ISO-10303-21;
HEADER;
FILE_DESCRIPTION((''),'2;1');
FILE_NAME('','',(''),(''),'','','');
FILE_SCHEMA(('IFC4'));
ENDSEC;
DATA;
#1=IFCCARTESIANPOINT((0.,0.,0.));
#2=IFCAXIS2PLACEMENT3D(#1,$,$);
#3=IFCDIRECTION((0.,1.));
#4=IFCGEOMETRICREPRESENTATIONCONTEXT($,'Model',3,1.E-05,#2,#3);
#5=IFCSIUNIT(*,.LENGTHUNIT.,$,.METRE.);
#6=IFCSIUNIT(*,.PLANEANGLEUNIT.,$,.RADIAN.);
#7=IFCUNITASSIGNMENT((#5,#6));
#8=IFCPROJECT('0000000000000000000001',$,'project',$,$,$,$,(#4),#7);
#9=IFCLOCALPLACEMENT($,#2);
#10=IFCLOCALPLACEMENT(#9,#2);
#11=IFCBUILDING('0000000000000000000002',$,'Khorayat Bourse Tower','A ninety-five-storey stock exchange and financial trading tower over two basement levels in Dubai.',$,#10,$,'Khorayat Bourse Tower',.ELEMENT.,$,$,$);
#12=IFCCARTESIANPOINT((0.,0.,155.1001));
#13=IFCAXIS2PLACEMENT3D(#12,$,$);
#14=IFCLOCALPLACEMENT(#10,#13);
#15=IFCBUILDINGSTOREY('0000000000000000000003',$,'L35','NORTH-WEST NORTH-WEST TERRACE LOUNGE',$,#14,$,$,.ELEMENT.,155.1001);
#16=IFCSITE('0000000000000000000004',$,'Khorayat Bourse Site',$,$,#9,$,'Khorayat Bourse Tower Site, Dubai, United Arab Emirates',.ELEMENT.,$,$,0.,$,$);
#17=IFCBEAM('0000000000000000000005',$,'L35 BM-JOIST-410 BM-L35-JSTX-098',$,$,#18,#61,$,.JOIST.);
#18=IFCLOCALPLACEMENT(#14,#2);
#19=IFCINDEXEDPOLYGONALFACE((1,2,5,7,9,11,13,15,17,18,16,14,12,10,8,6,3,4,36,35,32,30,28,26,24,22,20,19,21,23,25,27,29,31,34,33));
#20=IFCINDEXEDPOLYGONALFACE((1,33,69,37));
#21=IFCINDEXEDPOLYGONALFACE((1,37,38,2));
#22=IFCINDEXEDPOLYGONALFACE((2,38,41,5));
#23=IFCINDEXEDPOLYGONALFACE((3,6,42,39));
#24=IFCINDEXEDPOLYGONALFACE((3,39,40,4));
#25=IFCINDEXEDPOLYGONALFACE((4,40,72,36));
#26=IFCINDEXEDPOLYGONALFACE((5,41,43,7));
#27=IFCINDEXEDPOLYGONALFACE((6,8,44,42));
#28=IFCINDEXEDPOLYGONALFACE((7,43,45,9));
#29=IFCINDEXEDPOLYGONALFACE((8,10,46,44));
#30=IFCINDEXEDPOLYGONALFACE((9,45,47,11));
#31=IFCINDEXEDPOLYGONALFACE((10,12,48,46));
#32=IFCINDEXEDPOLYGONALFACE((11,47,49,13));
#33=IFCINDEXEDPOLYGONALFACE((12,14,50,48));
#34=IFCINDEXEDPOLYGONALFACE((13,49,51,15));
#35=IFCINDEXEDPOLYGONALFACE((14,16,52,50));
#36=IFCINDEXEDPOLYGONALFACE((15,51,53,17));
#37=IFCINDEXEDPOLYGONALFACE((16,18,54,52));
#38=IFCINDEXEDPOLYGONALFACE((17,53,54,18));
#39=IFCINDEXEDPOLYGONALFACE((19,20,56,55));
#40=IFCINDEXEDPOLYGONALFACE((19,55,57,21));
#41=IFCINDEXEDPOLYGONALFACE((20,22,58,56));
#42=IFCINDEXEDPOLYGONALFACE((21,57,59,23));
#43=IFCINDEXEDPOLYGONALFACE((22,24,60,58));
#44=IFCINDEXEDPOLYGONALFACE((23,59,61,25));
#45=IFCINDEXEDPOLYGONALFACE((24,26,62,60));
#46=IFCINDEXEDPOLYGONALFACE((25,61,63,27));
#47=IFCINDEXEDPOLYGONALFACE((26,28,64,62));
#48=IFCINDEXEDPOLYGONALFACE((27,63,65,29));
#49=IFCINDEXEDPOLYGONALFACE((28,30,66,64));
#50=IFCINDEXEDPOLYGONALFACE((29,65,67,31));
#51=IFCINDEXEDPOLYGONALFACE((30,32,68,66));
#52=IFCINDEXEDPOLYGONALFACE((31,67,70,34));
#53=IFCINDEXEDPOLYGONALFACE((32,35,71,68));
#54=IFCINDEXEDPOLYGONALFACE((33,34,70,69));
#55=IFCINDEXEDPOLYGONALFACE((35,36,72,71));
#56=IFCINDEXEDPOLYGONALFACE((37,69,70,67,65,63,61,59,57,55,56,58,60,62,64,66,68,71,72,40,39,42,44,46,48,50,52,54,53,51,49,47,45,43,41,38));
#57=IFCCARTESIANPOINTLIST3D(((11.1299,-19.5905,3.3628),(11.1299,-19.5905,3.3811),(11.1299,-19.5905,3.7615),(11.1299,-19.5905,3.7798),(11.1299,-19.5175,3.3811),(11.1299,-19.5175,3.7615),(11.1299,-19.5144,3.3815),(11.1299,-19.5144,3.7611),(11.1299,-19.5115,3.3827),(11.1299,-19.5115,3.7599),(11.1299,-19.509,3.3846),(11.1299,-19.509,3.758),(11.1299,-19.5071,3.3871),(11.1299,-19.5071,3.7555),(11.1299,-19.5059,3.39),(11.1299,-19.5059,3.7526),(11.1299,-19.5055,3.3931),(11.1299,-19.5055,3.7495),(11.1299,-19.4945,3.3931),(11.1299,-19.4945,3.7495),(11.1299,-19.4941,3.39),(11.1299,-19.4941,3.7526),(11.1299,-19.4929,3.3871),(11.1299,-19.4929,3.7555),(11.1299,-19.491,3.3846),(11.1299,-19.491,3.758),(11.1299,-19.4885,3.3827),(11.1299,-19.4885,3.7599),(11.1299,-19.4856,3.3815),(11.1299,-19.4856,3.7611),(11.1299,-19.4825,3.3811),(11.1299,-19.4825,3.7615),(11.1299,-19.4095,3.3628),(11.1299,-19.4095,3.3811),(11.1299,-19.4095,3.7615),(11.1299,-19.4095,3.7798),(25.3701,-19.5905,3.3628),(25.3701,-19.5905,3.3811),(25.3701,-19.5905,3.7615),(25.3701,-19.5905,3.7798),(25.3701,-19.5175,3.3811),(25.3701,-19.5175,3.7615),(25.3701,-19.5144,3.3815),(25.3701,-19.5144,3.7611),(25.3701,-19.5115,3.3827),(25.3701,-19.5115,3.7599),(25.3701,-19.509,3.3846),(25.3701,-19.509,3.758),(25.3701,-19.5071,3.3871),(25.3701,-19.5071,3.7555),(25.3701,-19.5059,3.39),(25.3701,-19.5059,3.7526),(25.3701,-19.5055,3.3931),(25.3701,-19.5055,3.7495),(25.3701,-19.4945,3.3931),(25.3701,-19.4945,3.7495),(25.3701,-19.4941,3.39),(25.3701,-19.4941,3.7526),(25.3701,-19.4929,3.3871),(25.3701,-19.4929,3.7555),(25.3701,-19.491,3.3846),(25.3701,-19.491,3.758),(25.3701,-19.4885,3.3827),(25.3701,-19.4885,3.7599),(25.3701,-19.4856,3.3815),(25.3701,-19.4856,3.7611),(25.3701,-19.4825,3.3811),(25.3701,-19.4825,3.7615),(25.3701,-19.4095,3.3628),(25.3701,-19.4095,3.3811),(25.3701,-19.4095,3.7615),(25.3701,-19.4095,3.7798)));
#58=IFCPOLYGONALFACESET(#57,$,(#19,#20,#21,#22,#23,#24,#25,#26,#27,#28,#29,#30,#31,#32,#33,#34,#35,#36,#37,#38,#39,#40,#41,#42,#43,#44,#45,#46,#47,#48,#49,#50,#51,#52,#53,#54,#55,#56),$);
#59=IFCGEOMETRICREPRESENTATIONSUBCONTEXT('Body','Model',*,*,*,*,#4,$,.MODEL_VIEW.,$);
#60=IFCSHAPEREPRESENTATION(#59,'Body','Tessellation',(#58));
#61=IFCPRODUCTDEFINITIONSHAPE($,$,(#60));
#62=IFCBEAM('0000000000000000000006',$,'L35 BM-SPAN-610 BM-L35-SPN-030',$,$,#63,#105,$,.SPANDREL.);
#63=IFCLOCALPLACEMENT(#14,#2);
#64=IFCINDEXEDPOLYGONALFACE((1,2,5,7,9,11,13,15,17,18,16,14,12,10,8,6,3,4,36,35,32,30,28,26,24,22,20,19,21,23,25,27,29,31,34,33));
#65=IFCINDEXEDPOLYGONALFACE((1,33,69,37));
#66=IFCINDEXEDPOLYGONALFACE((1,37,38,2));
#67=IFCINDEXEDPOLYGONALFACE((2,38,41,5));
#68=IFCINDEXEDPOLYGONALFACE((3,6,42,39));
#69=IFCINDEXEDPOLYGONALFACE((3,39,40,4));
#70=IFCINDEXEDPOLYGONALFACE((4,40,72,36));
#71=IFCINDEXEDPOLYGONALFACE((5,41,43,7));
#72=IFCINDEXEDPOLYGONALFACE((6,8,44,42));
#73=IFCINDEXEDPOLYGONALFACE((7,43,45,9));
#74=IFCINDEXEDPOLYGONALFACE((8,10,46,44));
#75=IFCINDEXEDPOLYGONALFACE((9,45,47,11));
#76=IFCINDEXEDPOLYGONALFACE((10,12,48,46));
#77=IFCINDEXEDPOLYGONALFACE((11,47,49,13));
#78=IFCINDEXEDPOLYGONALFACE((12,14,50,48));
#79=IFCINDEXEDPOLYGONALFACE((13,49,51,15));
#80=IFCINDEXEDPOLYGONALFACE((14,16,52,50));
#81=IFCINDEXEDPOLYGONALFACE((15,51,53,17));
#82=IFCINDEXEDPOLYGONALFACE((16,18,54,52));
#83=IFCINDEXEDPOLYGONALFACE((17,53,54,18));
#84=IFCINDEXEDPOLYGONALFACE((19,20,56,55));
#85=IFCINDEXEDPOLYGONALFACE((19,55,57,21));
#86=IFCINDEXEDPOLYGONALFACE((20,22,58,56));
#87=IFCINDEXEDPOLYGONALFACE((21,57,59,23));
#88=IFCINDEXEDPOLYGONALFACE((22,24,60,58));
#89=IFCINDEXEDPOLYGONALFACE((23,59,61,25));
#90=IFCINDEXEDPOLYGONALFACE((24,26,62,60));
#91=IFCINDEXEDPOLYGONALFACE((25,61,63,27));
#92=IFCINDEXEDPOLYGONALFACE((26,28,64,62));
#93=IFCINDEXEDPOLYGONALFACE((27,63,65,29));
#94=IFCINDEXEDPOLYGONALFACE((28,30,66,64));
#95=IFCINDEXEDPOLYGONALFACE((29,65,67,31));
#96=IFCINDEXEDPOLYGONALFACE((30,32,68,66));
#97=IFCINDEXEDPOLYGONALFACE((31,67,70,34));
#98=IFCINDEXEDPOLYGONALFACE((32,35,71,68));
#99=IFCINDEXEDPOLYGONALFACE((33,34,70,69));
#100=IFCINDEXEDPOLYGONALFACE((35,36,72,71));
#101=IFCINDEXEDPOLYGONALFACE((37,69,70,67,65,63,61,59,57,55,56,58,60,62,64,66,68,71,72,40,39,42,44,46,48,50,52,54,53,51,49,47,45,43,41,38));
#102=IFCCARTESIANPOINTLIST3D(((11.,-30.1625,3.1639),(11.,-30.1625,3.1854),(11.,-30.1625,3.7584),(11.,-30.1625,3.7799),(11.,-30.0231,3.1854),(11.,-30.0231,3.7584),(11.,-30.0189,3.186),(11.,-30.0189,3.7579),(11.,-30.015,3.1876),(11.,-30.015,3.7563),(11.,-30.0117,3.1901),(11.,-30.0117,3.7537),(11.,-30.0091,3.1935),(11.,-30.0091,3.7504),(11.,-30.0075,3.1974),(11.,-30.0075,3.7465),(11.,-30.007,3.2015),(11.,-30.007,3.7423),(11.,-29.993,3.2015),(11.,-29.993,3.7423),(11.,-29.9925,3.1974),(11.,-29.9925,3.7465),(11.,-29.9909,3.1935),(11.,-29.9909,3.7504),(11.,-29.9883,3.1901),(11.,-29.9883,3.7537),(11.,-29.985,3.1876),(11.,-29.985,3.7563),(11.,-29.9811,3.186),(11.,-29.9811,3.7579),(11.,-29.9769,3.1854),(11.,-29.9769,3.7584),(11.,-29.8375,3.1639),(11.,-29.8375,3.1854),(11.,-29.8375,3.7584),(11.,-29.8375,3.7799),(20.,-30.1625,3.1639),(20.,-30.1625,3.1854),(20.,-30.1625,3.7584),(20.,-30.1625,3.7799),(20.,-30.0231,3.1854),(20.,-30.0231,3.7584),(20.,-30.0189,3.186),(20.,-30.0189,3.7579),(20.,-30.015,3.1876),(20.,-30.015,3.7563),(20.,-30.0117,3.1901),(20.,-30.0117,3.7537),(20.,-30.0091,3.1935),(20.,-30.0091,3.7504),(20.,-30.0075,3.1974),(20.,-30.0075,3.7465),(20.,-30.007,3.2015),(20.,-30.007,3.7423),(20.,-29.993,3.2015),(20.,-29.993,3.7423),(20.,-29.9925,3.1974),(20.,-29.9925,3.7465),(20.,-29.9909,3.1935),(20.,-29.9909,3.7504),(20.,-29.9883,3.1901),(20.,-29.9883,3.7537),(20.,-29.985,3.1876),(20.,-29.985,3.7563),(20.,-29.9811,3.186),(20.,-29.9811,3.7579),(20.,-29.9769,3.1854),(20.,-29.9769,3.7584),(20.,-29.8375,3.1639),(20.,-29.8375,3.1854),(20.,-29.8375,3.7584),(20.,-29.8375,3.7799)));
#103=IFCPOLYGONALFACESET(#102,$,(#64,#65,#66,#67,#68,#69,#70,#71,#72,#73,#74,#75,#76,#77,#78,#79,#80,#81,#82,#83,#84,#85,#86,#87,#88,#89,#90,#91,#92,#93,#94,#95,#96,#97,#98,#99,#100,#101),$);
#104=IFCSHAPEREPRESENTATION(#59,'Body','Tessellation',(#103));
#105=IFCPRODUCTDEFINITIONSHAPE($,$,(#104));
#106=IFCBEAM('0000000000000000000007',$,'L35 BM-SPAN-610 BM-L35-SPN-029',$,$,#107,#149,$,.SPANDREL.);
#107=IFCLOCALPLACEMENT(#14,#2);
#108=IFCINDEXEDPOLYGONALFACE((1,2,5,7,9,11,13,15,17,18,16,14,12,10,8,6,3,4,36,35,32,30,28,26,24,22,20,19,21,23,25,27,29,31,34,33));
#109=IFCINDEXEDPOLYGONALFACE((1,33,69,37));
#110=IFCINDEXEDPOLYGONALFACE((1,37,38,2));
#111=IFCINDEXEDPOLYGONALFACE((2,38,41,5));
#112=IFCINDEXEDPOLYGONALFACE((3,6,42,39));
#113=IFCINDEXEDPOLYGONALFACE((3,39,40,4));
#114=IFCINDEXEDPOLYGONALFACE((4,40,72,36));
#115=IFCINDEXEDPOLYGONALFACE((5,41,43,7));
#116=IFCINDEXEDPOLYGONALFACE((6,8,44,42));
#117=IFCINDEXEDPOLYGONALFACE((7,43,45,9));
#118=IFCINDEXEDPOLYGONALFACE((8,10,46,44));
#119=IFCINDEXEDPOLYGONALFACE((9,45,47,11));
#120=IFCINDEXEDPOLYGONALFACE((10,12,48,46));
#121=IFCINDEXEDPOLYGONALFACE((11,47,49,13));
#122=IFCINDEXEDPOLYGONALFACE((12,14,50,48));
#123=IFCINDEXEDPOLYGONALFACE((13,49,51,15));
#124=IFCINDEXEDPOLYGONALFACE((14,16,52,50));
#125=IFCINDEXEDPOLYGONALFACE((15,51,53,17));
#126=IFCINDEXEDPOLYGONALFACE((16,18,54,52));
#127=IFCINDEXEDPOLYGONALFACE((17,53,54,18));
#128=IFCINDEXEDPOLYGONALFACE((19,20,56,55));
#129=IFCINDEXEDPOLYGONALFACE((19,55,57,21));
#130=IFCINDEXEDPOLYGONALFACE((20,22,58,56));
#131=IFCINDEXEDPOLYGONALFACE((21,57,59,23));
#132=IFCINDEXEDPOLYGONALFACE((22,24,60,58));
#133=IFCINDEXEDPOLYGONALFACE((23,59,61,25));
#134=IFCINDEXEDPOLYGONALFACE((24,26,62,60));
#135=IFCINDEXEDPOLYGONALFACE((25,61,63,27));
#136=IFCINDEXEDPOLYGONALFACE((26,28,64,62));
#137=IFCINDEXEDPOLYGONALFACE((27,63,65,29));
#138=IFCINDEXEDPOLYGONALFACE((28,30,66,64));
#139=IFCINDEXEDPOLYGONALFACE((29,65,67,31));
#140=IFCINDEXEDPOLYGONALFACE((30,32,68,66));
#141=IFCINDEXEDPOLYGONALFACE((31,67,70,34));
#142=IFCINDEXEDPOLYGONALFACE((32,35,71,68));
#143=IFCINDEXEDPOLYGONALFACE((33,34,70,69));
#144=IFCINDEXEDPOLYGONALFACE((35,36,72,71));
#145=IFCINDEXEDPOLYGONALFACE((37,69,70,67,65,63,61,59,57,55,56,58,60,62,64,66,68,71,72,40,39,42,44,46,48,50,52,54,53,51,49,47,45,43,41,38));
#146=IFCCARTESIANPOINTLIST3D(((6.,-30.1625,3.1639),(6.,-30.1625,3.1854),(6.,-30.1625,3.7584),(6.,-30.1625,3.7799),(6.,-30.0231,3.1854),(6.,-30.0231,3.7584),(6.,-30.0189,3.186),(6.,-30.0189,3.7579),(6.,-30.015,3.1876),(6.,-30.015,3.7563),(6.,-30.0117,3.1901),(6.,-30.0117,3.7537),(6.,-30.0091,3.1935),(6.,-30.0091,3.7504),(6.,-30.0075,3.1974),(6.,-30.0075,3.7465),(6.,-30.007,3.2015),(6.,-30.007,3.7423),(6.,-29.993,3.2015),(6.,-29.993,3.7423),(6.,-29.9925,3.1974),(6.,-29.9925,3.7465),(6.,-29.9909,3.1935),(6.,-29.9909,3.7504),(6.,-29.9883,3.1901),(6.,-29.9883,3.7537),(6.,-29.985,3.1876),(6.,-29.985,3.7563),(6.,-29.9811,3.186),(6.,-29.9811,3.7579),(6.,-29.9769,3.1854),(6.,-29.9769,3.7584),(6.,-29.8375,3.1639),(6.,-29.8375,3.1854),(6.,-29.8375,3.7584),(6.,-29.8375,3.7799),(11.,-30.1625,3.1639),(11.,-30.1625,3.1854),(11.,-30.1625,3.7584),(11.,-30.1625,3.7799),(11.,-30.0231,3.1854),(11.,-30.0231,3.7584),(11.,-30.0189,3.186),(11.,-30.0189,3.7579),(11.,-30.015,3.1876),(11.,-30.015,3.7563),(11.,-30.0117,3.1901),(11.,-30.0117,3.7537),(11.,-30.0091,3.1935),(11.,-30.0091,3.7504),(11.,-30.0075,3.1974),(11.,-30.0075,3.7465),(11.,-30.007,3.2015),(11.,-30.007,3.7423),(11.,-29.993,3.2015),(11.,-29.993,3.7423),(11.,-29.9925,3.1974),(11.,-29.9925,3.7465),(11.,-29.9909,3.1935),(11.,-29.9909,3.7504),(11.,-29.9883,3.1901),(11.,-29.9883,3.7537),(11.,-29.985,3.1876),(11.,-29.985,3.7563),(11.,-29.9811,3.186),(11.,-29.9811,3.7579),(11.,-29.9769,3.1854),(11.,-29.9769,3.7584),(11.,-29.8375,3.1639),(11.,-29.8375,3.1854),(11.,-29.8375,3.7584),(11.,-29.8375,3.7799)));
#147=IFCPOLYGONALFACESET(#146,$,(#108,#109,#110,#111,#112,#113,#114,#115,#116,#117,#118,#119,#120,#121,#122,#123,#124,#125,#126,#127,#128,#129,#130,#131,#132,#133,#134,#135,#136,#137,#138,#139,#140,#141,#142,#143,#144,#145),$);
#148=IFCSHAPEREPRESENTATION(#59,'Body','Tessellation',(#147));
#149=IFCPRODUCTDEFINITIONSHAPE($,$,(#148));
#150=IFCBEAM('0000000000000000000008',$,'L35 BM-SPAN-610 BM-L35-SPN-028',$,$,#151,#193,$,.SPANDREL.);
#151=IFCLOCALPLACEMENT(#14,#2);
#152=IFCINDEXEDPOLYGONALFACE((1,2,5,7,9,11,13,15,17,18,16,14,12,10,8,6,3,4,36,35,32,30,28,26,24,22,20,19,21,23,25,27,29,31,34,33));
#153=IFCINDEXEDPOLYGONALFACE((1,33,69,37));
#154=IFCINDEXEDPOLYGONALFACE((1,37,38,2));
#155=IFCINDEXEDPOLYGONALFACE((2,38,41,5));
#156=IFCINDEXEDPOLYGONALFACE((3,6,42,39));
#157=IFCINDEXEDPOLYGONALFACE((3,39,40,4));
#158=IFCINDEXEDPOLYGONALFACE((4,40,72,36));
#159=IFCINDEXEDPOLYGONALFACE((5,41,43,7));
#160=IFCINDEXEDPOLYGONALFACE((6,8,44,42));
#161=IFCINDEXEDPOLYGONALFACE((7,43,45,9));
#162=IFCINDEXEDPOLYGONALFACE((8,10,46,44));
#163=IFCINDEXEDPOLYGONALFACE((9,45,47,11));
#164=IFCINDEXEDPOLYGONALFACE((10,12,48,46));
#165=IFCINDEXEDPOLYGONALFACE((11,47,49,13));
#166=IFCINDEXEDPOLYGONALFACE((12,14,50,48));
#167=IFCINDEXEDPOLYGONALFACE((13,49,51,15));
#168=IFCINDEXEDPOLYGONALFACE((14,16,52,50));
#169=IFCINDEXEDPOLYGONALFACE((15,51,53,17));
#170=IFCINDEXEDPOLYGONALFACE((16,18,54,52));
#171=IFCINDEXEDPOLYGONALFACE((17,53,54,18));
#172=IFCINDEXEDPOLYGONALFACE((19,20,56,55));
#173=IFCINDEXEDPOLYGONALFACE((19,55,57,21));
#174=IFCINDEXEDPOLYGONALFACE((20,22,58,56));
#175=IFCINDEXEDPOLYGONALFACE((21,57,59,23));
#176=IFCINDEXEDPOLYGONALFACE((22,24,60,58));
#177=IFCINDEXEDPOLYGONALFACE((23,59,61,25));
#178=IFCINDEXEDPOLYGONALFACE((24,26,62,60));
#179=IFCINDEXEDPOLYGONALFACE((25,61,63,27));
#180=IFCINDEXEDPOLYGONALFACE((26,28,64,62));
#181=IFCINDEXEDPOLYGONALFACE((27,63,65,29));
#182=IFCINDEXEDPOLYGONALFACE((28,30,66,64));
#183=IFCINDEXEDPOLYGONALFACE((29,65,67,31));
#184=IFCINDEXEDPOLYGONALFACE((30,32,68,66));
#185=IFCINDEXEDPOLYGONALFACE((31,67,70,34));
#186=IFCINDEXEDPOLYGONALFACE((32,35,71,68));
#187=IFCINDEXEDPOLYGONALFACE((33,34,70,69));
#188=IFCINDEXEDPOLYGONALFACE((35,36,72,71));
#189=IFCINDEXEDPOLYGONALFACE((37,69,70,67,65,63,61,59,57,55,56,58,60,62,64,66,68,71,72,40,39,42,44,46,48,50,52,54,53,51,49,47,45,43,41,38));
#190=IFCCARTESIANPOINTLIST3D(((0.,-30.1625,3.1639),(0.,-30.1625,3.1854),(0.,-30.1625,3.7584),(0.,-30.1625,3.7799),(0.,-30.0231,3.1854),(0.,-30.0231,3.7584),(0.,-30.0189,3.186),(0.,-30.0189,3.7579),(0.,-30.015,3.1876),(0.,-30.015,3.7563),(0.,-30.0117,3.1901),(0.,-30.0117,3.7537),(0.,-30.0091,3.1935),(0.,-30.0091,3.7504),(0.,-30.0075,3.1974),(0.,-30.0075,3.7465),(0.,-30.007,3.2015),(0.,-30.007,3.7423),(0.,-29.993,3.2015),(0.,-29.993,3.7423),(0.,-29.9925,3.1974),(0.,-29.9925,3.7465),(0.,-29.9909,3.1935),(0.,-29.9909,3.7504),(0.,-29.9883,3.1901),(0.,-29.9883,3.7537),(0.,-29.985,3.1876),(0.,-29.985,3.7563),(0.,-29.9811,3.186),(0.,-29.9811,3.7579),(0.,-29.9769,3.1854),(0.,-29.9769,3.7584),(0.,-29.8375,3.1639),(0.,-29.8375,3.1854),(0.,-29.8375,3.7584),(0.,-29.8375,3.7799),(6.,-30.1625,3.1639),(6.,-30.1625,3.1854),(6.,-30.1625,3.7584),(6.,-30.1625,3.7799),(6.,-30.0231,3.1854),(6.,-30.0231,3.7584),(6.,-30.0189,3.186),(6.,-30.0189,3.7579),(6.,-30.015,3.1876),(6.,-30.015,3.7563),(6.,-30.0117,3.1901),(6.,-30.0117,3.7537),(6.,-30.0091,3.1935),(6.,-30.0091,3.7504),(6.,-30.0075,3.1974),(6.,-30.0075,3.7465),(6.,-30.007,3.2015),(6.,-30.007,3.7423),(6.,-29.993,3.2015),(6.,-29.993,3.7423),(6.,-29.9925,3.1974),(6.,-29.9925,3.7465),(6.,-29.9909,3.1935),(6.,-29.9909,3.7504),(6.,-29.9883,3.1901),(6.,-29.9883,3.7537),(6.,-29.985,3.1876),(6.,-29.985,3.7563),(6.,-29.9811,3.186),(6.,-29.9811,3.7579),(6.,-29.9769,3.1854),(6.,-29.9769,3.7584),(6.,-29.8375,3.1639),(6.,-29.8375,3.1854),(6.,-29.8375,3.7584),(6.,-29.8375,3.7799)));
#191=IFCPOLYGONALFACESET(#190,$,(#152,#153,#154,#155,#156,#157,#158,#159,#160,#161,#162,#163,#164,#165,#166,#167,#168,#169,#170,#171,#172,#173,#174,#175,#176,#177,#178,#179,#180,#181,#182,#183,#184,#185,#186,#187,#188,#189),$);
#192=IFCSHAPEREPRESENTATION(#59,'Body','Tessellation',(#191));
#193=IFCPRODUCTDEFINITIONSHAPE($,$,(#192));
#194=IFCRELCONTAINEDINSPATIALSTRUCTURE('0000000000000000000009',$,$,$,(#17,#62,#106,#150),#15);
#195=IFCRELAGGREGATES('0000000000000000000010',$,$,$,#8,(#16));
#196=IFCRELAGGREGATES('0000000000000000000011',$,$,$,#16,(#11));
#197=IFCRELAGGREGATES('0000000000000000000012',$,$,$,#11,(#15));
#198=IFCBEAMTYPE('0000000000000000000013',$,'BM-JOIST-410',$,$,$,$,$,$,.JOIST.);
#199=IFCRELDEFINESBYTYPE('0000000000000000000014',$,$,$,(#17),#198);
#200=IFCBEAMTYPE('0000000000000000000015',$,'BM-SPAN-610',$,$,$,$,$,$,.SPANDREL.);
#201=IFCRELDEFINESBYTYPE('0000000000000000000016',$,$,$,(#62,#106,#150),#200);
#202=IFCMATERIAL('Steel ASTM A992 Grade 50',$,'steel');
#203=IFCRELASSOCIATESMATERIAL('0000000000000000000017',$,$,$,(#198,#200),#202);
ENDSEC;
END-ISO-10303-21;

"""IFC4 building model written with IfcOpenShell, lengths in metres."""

from ifc_helpers import new_model, si_unit, direction, frame, origin, origin_2d, place, context, subcontext, project, spatial, i_section, extrude, source, transform, mapped, material, material_profile, profile_set, type_object, element, save


model = new_model("IFC4")

# Units and contexts
model_context = context("Model", 3, precision=1e-05, world=origin(), true_north=direction((0.0, 1.0)))
body_context = subcontext(model_context, "Body", "Model", "MODEL_VIEW")
ifc_project = project(units=[si_unit("LENGTHUNIT", "METRE"), si_unit("PLANEANGLEUNIT", "RADIAN")], contexts=[model_context])

# Site, building, storey
site_placement = place(None, origin())
site = spatial("IfcSite", under=ifc_project, at=site_placement, Name="Khorayat Bourse Site", LongName="Khorayat Bourse Tower Site, Dubai, United Arab Emirates", CompositionType="ELEMENT", RefElevation=0.0)
building_placement = place(site_placement, origin())
building = spatial("IfcBuilding", under=site, at=building_placement, Name="Khorayat Bourse Tower", Description="A ninety-five-storey stock exchange and financial trading tower over two basement levels in Dubai.", LongName="Khorayat Bourse Tower", CompositionType="ELEMENT")
storey_placement = place(building_placement, frame((0.0, 0.0, 155.1001)))
storey = spatial("IfcBuildingStorey", under=building, at=storey_placement, Name="L35", Description="NORTH-WEST NORTH-WEST TERRACE LOUNGE", CompositionType="ELEMENT", Elevation=155.1001)

# Beams
ifc_material_1 = material(Name="Steel ASTM A992 Grade 50", Category="steel")
ifc_material_profile_1 = material_profile(ifc_material_1, i_section(OverallWidth=0.1809, OverallDepth=0.417, WebThickness=0.011, FlangeThickness=0.0183, FilletRadius=0.012, at=origin_2d()), Name="W410X85")
ifc_profile_set_1 = profile_set([ifc_material_profile_1], Name="Steel ASTM A992 Grade 50")
beam_type_1 = type_object("IfcBeamType", Name="BM-JOIST-410", PredefinedType="JOIST", material=ifc_profile_set_1)
shared_shape_1 = source(origin(), body_context, "Body", "SweptSolid", [
    extrude(i_section(OverallWidth=0.1809, OverallDepth=0.417, WebThickness=0.011, FlangeThickness=0.0183, FilletRadius=0.012, at=origin_2d()), origin(), (0.0, 0.0, 1.0), 14.2402),
])
beam_1_placement = place(storey_placement, frame((11.1299, -19.5, 3.5713), z_axis=(1.0, 0.0, 0.0), x_axis=(0.0, 1.0, 0.0)))
element("IfcBeam", 1, at=beam_1_placement, inside=storey, type_object=beam_type_1, Name="L35 BM-JOIST-410 BM-L35-JSTX-098", PredefinedType="JOIST", context=body_context, shape_type="MappedRepresentation", body=[
    mapped(shared_shape_1, transform((0.0, 0.0, 0.0), scale=1.0)),
])
ifc_material_profile_2 = material_profile(ifc_material_1, i_section(OverallWidth=0.325, OverallDepth=0.616, WebThickness=0.0139, FlangeThickness=0.0215, FilletRadius=0.0161, at=origin_2d()), Name="W610X174")
ifc_profile_set_2 = profile_set([ifc_material_profile_2], Name="Steel ASTM A992 Grade 50")
beam_type_2 = type_object("IfcBeamType", Name="BM-SPAN-610", PredefinedType="SPANDREL", material=ifc_profile_set_2)
shared_shape_2 = source(origin(), body_context, "Body", "SweptSolid", [
    extrude(i_section(OverallWidth=0.325, OverallDepth=0.616, WebThickness=0.0139, FlangeThickness=0.0215, FilletRadius=0.0161, at=origin_2d()), origin(), (0.0, 0.0, 1.0), 9.0),
])
beam_2_placement = place(storey_placement, frame((11.0, -30.0, 3.4719), z_axis=(1.0, 0.0, 0.0), x_axis=(0.0, 1.0, 0.0)))
element("IfcBeam", 2, at=beam_2_placement, inside=storey, type_object=beam_type_2, Name="L35 BM-SPAN-610 BM-L35-SPN-030", PredefinedType="SPANDREL", context=body_context, shape_type="MappedRepresentation", body=[
    mapped(shared_shape_2, transform((0.0, 0.0, 0.0), scale=1.0)),
])
shared_shape_3 = source(origin(), body_context, "Body", "SweptSolid", [
    extrude(i_section(OverallWidth=0.325, OverallDepth=0.616, WebThickness=0.0139, FlangeThickness=0.0215, FilletRadius=0.0161, at=origin_2d()), origin(), (0.0, 0.0, 1.0), 5.0),
])
beam_3_placement = place(storey_placement, frame((6.0, -30.0, 3.4719), z_axis=(1.0, 0.0, 0.0), x_axis=(0.0, 1.0, 0.0)))
element("IfcBeam", 3, at=beam_3_placement, inside=storey, type_object=beam_type_2, Name="L35 BM-SPAN-610 BM-L35-SPN-029", PredefinedType="SPANDREL", context=body_context, shape_type="MappedRepresentation", body=[
    mapped(shared_shape_3, transform((0.0, 0.0, 0.0), scale=1.0)),
])
shared_shape_4 = source(origin(), body_context, "Body", "SweptSolid", [
    extrude(i_section(OverallWidth=0.325, OverallDepth=0.616, WebThickness=0.0139, FlangeThickness=0.0215, FilletRadius=0.0161, at=origin_2d()), origin(), (0.0, 0.0, 1.0), 6.0),
])
beam_4_placement = place(storey_placement, frame((0.0, -30.0, 3.4719), z_axis=(1.0, 0.0, 0.0), x_axis=(0.0, 1.0, 0.0)))
element("IfcBeam", 4, at=beam_4_placement, inside=storey, type_object=beam_type_2, Name="L35 BM-SPAN-610 BM-L35-SPN-028", PredefinedType="SPANDREL", context=body_context, shape_type="MappedRepresentation", body=[
    mapped(shared_shape_4, transform((0.0, 0.0, 0.0), scale=1.0)),
])

save(model, "model.ifc")
